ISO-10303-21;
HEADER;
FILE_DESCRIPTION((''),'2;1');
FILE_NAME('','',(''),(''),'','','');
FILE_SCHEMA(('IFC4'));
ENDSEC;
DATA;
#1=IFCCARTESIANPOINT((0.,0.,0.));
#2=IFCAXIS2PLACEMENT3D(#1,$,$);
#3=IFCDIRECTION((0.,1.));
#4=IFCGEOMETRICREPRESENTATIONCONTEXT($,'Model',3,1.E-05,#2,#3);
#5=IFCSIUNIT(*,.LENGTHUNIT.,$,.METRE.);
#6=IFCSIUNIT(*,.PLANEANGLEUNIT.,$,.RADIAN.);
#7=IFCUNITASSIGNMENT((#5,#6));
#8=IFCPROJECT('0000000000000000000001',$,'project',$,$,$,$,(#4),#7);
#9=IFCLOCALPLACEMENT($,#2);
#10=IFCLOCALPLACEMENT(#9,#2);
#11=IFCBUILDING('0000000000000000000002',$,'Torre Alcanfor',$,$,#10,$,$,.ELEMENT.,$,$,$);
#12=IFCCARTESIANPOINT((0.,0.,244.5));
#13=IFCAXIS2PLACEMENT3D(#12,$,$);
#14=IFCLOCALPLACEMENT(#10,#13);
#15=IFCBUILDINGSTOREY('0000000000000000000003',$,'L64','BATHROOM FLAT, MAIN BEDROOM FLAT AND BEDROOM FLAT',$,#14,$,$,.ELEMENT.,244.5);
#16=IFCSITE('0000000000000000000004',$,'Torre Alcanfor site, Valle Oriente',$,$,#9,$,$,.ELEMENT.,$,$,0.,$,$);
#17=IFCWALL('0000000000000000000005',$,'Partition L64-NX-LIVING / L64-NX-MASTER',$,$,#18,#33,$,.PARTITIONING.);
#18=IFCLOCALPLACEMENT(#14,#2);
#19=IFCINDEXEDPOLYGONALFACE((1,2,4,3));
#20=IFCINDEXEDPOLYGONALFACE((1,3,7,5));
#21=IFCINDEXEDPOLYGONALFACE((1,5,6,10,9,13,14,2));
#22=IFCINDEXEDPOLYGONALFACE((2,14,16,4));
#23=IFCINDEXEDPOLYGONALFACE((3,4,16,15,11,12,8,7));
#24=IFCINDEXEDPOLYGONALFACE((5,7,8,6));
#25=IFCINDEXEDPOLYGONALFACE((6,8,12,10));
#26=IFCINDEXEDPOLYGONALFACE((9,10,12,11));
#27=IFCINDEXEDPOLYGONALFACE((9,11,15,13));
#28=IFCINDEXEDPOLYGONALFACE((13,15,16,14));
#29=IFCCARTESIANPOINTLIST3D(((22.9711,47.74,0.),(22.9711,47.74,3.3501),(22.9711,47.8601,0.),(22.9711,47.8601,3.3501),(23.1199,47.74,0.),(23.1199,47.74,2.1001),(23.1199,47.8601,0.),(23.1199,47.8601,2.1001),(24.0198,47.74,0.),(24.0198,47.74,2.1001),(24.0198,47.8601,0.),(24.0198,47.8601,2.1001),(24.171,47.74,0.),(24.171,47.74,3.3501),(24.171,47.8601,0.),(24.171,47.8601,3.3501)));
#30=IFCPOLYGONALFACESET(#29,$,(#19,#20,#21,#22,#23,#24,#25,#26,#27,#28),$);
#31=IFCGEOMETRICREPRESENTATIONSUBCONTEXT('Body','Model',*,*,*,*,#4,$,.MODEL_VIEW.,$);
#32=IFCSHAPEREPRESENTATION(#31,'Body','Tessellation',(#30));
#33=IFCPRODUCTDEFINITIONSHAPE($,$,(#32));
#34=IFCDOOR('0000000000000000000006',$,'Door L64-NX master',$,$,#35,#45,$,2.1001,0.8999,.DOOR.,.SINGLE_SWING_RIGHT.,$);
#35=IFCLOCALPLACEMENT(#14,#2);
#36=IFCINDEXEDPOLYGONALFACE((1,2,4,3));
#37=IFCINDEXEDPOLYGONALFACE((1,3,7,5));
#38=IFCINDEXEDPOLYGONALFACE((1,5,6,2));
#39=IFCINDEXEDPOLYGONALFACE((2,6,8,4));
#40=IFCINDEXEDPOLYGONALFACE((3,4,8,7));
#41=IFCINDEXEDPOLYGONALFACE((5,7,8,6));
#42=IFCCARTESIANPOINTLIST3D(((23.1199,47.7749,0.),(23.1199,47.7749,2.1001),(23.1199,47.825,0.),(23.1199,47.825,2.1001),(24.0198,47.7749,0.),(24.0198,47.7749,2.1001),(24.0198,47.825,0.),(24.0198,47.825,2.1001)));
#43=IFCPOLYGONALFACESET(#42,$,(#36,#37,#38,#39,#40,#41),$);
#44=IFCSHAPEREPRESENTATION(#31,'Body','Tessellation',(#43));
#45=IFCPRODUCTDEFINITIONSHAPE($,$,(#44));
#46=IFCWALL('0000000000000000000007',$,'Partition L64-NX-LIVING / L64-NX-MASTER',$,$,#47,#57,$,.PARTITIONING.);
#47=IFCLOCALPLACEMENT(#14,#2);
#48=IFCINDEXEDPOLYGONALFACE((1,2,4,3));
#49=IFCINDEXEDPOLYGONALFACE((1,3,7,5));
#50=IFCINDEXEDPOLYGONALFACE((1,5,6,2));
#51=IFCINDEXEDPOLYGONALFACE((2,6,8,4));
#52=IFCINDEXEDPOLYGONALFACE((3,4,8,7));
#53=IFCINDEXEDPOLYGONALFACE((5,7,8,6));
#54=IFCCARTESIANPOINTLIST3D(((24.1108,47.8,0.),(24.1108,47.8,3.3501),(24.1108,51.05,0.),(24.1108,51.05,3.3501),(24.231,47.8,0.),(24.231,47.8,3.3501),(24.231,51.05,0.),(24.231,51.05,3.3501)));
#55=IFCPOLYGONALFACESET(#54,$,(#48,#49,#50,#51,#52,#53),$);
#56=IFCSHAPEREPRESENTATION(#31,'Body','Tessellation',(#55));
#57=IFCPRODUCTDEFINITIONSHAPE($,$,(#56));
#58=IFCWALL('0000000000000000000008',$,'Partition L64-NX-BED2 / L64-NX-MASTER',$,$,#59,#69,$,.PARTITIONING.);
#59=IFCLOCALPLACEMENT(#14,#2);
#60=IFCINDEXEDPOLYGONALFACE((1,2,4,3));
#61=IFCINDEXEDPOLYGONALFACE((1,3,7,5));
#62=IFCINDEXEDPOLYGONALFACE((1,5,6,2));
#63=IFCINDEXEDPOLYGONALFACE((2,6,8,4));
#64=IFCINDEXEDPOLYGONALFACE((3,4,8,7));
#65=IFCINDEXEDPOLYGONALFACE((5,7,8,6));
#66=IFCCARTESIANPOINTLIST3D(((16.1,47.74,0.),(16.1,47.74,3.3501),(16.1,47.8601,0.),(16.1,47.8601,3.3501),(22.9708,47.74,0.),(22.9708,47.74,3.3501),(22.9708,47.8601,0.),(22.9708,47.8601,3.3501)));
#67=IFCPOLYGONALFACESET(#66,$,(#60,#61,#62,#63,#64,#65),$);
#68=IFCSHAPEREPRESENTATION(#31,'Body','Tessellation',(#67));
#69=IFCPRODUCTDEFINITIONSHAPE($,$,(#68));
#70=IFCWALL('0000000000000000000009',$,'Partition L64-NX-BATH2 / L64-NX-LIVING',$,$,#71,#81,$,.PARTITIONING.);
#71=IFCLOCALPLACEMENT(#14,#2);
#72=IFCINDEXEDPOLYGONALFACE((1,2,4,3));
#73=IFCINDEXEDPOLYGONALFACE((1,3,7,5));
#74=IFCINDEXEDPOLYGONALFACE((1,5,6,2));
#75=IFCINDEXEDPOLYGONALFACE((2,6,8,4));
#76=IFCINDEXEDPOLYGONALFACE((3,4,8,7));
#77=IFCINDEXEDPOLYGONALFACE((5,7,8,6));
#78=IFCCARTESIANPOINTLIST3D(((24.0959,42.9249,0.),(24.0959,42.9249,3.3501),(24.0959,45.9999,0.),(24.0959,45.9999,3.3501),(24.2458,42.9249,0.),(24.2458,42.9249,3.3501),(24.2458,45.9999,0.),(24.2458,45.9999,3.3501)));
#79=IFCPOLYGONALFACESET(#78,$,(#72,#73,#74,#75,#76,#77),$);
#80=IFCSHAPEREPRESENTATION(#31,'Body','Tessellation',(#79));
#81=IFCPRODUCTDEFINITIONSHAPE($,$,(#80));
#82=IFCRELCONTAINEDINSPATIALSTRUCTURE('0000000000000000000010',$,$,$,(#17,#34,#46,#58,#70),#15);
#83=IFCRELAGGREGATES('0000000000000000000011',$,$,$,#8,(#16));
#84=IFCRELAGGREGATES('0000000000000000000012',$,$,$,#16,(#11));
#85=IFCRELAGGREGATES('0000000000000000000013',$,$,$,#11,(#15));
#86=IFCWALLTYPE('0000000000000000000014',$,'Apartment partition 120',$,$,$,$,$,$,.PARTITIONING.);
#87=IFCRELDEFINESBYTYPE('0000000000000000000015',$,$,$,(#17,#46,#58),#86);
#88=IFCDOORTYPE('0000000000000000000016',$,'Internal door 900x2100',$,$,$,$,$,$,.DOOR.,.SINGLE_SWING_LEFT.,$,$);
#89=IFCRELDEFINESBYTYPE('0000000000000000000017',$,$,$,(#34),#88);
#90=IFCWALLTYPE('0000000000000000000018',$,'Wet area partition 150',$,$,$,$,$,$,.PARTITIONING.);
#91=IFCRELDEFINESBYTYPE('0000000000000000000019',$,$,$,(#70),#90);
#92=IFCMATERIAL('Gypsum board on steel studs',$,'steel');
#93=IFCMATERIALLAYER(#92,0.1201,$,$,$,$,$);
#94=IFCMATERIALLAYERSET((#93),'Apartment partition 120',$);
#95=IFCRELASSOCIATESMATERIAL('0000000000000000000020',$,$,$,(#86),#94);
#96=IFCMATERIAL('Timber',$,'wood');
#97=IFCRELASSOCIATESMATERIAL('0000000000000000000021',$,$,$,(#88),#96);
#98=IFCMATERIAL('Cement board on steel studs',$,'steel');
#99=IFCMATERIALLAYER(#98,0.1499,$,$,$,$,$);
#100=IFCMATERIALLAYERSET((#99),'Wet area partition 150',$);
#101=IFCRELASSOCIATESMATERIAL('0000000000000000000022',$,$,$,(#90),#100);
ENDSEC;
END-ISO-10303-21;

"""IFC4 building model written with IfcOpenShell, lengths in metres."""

from ifc_helpers import new_model, si_unit, direction, frame, frame_2d, origin, place, context, subcontext, project, spatial, rectangle, extrude, material, layer, layer_set, type_object, element, fill, save


model = new_model("IFC4")

# Units and contexts
model_context = context("Model", 3, precision=1e-05, world=origin(), true_north=direction((0.0, 1.0)))
body_context = subcontext(model_context, "Body", "Model", "MODEL_VIEW")
ifc_project = project(units=[si_unit("LENGTHUNIT", "METRE"), si_unit("PLANEANGLEUNIT", "RADIAN")], contexts=[model_context])

# Site, building, storey
site_placement = place(None, origin())
site = spatial("IfcSite", under=ifc_project, at=site_placement, Name="Torre Alcanfor site, Valle Oriente", CompositionType="ELEMENT", RefElevation=0.0)
building_placement = place(site_placement, origin())
building = spatial("IfcBuilding", under=site, at=building_placement, Name="Torre Alcanfor", CompositionType="ELEMENT")
storey_placement = place(building_placement, frame((0.0, 0.0, 244.5)))
storey = spatial("IfcBuildingStorey", under=building, at=storey_placement, Name="L64", Description="BATHROOM FLAT, MAIN BEDROOM FLAT AND BEDROOM FLAT", CompositionType="ELEMENT", Elevation=244.5)

# Wall, opening, door
ifc_material_1 = material(Name="Gypsum board on steel studs", Category="steel")
ifc_layer_1 = layer(ifc_material_1, 0.1201)
ifc_layer_set_1 = layer_set([ifc_layer_1], Name="Apartment partition 120")
wall_type_1 = type_object("IfcWallType", Name="Apartment partition 120", PredefinedType="PARTITIONING", material=ifc_layer_set_1)
ifc_material_2 = material(Name="Timber", Category="wood")
door_type = type_object("IfcDoorType", Name="Internal door 900x2100", OperationType="SINGLE_SWING_LEFT", PredefinedType="DOOR", material=ifc_material_2)
wall_1_placement = place(storey_placement, frame((22.9709, 47.8, 0.0), z_axis=(0.0, 0.0, 1.0), x_axis=(1.0, 0.0, 0.0)))
wall_1 = element("IfcWall", 1, at=wall_1_placement, inside=storey, type_object=wall_type_1, Name="Partition L64-NX-LIVING / L64-NX-MASTER", PredefinedType="PARTITIONING", context=body_context, shape_type="SweptSolid", body=[
    extrude(rectangle(XDim=1.2, YDim=0.1201, at=frame_2d((0.6001, 0.0))), origin(), (0.0, 0.0, 1.0), 3.3501),
])
opening_1_placement = place(wall_1_placement, frame((0.1489, 0.0, 0.0)))
opening_1 = element("IfcOpeningElement", 2, at=opening_1_placement, cuts=wall_1, PredefinedType="OPENING", context=body_context, shape_type="SweptSolid", body=[
    extrude(rectangle(XDim=0.8999, YDim=2.1001, at=frame_2d((0.45, 1.05))), frame((0.0, 0.0701, 0.0), z_axis=(0.0, -1.0, 0.0), x_axis=(1.0, 0.0, 0.0)), (0.0, 0.0, 1.0), 0.1401),
])
door_1_placement = place(opening_1_placement, origin())
door_1 = element("IfcDoor", 3, at=door_1_placement, inside=storey, type_object=door_type, Name="Door L64-NX master", OperationType="SINGLE_SWING_RIGHT", OverallHeight=2.1001, OverallWidth=0.8999, PredefinedType="DOOR", context=body_context, shape_type="SweptSolid", body=[
    extrude(rectangle(XDim=0.8999, YDim=2.1001, at=frame_2d((0.45, 1.05))), frame((0.0, 0.0249, 0.0), z_axis=(0.0, -1.0, 0.0), x_axis=(1.0, 0.0, 0.0)), (0.0, 0.0, 1.0), 0.05),
])
fill(opening_1, door_1)

# Walls
wall_2_placement = place(storey_placement, frame((24.1709, 47.8, 0.0), z_axis=(0.0, 0.0, 1.0), x_axis=(0.0, 1.0, 0.0)))
element("IfcWall", 4, at=wall_2_placement, inside=storey, type_object=wall_type_1, Name="Partition L64-NX-LIVING / L64-NX-MASTER", PredefinedType="PARTITIONING", context=body_context, shape_type="SweptSolid", body=[
    extrude(rectangle(XDim=3.25, YDim=0.1201, at=frame_2d((1.625, 0.0))), origin(), (0.0, 0.0, 1.0), 3.3501),
])
wall_3_placement = place(storey_placement, frame((22.9709, 47.8, 0.0), z_axis=(0.0, 0.0, 1.0), x_axis=(-1.0, 0.0, 0.0)))
element("IfcWall", 5, at=wall_3_placement, inside=storey, type_object=wall_type_1, Name="Partition L64-NX-BED2 / L64-NX-MASTER", PredefinedType="PARTITIONING", context=body_context, shape_type="SweptSolid", body=[
    extrude(rectangle(XDim=6.8708, YDim=0.1201, at=frame_2d((3.4355, 0.0))), origin(), (0.0, 0.0, 1.0), 3.3501),
])
ifc_material_3 = material(Name="Cement board on steel studs", Category="steel")
ifc_layer_2 = layer(ifc_material_3, 0.1499)
ifc_layer_set_2 = layer_set([ifc_layer_2], Name="Wet area partition 150")
wall_type_2 = type_object("IfcWallType", Name="Wet area partition 150", PredefinedType="PARTITIONING", material=ifc_layer_set_2)
wall_4_placement = place(storey_placement, frame((24.1709, 46.0, 0.0), z_axis=(0.0, 0.0, 1.0), x_axis=(0.0, -1.0, 0.0)))
element("IfcWall", 6, at=wall_4_placement, inside=storey, type_object=wall_type_2, Name="Partition L64-NX-BATH2 / L64-NX-LIVING", PredefinedType="PARTITIONING", context=body_context, shape_type="SweptSolid", body=[
    extrude(rectangle(XDim=3.075, YDim=0.1499, at=frame_2d((1.5376, 0.0))), origin(), (0.0, 0.0, 1.0), 3.3501),
])

save(model, "model.ifc")
